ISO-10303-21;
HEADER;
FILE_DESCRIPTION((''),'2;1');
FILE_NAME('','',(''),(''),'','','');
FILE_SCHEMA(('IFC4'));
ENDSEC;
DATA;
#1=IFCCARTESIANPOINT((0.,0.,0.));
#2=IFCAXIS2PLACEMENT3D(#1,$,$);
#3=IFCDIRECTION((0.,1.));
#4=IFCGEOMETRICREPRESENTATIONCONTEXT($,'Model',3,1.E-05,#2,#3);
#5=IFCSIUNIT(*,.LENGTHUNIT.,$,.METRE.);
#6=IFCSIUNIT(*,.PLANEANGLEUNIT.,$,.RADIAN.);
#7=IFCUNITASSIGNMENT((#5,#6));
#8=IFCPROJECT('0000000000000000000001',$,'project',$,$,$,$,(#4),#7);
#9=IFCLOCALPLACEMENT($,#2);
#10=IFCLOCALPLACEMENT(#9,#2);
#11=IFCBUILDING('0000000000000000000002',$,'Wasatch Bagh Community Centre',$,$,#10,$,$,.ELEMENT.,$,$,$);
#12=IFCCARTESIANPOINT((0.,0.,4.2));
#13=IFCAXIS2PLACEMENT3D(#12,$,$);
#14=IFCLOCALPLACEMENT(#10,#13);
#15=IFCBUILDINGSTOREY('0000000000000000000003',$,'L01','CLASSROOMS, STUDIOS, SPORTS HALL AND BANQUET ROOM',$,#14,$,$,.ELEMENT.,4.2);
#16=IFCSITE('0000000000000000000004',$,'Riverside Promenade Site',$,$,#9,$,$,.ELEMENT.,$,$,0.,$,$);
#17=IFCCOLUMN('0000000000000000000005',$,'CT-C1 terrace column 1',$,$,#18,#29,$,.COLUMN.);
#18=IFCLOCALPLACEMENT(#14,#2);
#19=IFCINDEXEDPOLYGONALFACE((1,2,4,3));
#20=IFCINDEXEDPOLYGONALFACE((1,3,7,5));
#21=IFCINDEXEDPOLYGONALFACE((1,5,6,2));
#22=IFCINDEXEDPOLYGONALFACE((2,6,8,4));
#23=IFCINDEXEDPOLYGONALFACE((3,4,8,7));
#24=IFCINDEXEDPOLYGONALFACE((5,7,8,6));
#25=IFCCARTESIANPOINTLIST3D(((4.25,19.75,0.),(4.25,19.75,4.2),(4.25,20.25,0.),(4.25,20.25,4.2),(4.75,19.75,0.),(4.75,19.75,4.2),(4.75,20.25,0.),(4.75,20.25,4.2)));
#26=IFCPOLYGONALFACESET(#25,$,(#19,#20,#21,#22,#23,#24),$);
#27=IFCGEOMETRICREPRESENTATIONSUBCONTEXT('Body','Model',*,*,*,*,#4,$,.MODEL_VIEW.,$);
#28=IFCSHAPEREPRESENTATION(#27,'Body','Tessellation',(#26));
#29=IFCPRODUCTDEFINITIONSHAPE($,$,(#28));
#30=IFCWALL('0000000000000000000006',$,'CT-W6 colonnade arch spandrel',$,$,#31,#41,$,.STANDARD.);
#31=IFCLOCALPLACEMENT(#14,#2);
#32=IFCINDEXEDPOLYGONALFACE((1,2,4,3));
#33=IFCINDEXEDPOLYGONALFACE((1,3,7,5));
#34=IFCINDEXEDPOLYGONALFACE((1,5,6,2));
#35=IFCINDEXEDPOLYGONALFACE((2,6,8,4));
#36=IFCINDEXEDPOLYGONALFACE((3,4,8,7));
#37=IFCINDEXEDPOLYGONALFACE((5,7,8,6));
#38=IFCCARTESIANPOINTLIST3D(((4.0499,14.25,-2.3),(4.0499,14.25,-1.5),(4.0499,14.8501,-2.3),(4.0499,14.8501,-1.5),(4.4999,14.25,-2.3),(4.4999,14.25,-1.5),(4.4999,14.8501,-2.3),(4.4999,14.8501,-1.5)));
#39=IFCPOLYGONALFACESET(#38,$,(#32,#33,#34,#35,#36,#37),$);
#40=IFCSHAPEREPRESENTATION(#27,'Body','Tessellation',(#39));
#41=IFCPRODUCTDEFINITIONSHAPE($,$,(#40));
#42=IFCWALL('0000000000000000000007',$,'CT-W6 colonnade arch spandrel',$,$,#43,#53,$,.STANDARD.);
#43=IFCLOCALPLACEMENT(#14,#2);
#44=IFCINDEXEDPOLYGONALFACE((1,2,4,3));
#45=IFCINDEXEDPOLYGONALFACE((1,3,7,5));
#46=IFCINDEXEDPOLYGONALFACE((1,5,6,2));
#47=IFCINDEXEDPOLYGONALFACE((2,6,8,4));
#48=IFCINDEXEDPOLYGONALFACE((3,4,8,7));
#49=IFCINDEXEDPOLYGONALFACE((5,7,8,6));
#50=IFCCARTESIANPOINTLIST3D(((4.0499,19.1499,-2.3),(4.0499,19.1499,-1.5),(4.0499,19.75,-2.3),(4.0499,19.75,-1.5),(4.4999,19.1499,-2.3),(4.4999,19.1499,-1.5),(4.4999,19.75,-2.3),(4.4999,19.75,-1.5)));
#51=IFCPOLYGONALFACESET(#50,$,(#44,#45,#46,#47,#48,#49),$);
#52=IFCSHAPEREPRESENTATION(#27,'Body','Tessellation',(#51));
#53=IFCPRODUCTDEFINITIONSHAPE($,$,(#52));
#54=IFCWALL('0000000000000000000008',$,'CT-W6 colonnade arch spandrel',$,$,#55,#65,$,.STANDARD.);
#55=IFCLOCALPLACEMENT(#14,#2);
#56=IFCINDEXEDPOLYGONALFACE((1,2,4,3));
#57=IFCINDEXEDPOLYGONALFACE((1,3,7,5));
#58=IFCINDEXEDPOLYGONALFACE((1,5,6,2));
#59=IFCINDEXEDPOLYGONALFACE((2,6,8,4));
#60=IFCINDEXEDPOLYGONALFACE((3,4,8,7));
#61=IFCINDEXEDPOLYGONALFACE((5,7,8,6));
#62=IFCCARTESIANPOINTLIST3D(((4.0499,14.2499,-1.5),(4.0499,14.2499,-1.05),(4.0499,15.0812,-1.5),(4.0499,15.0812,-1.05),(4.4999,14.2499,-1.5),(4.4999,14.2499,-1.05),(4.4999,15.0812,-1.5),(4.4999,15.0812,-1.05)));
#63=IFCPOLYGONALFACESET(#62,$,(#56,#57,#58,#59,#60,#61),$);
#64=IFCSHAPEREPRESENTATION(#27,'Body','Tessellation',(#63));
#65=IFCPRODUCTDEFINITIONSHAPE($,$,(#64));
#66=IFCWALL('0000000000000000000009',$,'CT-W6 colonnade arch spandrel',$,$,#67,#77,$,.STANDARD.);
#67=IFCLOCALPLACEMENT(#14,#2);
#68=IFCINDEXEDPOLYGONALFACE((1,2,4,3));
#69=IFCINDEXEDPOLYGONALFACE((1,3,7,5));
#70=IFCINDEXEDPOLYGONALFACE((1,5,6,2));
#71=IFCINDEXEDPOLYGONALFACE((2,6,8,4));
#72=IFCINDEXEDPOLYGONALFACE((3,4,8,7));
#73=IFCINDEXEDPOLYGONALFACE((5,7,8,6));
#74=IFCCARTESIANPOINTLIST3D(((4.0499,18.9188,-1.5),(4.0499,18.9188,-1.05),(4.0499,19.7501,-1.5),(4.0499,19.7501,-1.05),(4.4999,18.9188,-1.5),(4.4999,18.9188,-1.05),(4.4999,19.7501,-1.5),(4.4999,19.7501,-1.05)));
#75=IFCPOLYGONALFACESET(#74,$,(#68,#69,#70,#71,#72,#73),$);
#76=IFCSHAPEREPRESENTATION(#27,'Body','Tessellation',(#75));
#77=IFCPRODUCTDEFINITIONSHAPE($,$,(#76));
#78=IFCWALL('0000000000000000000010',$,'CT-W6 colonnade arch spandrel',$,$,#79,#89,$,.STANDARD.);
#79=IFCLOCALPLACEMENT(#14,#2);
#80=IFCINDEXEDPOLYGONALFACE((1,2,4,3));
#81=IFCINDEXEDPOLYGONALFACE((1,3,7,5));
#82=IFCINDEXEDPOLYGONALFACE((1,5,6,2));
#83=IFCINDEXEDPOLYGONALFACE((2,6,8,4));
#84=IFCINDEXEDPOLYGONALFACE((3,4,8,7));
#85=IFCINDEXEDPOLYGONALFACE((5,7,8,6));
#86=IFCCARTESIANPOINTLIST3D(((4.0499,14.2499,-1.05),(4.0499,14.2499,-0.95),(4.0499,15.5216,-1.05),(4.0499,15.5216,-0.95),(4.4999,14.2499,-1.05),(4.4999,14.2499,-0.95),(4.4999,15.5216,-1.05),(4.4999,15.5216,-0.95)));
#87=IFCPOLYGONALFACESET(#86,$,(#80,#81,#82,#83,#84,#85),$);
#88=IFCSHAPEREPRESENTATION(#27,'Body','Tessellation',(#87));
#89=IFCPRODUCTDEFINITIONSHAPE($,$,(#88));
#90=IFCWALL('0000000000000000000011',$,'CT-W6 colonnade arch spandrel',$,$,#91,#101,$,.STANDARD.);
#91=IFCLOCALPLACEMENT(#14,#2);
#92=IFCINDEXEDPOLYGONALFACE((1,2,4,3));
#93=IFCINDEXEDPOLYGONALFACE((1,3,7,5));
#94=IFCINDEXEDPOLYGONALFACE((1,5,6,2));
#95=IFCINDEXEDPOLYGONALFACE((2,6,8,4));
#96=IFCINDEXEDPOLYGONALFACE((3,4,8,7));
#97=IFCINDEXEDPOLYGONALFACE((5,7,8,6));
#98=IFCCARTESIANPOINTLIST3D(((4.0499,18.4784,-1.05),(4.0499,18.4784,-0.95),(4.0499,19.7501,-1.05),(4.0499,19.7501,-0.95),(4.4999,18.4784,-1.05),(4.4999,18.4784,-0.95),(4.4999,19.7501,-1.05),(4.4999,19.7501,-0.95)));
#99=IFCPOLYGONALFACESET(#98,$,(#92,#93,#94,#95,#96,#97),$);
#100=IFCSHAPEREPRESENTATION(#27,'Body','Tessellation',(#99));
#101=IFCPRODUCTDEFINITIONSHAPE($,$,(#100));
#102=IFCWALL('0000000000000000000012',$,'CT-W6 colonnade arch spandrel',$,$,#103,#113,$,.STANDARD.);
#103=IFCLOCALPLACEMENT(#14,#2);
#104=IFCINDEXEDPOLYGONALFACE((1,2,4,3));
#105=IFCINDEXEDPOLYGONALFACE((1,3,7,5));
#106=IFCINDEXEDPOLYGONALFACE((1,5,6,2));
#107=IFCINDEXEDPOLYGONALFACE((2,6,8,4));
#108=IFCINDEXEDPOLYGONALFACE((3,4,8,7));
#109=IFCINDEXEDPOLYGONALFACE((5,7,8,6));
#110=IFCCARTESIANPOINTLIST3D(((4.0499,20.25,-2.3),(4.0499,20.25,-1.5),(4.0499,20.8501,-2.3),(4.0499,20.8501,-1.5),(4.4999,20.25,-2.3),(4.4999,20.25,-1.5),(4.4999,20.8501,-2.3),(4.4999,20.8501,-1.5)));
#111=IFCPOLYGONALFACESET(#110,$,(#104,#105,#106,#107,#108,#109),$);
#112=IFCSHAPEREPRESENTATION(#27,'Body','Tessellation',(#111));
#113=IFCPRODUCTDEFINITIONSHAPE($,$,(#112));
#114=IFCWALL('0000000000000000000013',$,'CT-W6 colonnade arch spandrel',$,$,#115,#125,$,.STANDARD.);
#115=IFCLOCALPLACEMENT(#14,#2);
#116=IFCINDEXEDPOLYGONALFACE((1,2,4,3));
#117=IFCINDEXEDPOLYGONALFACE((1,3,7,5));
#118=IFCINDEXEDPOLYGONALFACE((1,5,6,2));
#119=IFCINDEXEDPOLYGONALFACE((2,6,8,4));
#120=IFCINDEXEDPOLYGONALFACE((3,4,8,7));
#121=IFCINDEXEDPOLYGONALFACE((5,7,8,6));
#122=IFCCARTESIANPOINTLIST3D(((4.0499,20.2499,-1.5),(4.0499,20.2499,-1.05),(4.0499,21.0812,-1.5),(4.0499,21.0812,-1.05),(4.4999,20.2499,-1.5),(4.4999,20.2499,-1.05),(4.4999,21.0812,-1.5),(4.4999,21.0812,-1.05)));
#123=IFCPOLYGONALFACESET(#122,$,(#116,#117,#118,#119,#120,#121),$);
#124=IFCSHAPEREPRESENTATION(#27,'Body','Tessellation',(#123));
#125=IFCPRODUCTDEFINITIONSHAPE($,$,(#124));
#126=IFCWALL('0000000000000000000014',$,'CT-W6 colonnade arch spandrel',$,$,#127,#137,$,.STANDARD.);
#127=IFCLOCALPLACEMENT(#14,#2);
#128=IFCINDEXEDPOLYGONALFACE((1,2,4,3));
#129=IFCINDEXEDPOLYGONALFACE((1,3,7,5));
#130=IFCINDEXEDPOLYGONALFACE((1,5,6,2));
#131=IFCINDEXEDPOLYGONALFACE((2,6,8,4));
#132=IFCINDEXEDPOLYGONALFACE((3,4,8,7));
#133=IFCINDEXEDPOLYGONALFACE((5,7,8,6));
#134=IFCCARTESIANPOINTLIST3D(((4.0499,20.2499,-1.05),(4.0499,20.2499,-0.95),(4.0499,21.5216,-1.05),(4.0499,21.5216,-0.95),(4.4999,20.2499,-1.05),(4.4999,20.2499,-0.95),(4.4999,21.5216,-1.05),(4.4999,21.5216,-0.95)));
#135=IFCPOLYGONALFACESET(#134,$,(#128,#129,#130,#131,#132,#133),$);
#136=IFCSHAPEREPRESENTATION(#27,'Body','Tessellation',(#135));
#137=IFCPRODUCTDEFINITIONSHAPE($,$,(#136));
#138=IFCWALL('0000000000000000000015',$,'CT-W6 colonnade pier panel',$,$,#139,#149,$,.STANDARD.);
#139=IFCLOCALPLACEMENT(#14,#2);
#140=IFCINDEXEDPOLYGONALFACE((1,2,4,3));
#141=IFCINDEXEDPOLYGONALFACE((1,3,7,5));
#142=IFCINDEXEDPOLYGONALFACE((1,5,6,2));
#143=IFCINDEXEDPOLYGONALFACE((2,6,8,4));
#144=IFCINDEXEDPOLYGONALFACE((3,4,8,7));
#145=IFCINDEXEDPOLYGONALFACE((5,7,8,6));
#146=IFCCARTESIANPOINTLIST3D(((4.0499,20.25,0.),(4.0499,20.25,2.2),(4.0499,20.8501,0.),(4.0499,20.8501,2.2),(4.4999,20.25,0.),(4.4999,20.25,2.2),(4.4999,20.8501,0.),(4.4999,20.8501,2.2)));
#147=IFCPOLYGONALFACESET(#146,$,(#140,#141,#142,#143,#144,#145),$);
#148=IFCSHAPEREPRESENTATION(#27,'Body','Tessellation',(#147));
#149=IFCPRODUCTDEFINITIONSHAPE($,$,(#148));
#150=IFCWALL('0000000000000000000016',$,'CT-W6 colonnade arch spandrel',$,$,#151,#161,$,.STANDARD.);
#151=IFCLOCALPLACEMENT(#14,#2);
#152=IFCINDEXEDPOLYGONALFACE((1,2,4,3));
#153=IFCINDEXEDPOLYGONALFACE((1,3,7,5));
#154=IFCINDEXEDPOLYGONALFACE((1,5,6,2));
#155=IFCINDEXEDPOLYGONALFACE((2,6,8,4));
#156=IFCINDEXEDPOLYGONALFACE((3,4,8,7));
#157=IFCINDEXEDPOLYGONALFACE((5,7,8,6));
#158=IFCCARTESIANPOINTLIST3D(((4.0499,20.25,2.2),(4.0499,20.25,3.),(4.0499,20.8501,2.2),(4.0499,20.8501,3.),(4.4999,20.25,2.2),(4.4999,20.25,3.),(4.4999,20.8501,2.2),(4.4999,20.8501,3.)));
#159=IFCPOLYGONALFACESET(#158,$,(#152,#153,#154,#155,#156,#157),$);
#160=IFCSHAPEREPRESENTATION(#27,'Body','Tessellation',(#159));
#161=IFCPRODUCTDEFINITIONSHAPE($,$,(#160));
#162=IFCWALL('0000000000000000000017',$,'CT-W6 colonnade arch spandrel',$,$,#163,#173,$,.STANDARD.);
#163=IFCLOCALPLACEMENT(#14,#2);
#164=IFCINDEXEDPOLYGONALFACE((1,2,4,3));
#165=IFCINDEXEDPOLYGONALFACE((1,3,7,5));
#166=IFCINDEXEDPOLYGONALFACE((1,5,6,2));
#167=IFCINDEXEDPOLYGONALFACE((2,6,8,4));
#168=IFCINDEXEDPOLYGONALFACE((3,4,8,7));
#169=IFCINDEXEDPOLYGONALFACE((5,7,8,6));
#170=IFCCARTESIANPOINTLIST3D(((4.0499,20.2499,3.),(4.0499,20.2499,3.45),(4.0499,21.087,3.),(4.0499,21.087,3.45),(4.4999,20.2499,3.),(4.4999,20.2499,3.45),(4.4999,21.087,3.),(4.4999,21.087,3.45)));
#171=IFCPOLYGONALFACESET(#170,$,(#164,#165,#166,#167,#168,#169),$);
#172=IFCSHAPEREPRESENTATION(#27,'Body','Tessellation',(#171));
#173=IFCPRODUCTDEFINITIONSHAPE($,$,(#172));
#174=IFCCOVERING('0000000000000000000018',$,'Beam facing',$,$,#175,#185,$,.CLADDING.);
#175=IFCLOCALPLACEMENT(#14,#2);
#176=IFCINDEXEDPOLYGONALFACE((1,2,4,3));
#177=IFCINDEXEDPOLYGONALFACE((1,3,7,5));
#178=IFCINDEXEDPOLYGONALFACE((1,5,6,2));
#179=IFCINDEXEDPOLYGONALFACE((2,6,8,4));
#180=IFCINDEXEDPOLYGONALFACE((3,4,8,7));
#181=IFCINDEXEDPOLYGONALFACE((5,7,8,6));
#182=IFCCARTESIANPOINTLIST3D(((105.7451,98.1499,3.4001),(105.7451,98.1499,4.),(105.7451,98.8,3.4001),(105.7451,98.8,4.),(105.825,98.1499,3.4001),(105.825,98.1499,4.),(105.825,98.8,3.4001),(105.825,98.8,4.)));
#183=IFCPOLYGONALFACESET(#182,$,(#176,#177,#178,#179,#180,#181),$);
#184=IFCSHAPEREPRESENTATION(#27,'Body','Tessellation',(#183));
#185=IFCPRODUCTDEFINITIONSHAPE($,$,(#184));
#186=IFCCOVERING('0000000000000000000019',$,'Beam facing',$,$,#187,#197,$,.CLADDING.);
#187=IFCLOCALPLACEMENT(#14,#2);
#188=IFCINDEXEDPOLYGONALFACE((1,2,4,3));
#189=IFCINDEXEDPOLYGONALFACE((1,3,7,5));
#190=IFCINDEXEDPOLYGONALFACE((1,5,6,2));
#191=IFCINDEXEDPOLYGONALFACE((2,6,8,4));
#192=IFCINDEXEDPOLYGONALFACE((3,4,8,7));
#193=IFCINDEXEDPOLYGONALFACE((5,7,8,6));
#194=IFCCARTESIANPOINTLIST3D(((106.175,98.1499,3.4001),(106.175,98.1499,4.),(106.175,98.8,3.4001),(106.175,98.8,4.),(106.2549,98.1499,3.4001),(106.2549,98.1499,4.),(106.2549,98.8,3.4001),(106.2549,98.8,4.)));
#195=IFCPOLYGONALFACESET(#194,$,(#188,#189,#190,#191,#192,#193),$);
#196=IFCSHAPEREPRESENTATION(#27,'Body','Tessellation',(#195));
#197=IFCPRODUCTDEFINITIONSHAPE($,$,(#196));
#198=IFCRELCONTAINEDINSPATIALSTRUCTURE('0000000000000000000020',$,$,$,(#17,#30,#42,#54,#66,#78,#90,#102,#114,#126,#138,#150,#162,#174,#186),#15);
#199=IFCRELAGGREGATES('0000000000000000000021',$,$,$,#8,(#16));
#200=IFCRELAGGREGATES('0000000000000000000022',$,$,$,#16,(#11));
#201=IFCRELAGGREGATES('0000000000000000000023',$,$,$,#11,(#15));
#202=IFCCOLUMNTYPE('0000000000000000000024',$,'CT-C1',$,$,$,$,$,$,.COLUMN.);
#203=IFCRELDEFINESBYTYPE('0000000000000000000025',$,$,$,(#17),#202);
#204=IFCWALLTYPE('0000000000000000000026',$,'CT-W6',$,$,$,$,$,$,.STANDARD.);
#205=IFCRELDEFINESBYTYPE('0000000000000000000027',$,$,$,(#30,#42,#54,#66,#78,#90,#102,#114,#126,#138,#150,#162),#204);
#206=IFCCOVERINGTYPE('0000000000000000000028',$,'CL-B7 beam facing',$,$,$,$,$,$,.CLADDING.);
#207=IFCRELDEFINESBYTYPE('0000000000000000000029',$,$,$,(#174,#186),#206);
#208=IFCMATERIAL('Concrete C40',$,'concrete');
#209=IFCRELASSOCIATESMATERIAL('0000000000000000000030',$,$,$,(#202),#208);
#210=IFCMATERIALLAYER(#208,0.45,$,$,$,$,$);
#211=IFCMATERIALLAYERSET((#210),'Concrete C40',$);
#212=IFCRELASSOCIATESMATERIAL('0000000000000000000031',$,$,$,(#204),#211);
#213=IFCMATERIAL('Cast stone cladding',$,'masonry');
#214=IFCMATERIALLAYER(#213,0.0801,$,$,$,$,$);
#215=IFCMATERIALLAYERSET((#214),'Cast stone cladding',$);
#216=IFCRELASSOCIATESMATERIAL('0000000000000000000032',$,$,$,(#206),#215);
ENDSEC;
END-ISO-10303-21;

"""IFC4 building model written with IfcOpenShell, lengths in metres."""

from ifc_helpers import new_model, si_unit, direction, frame, frame_2d, origin, origin_2d, place, context, subcontext, project, spatial, polyline, rectangle, outline, extrude, material, layer, layer_set, material_profile, profile_set, type_object, element, save


model = new_model("IFC4")

# Units and contexts
model_context = context("Model", 3, precision=1e-05, world=origin(), true_north=direction((0.0, 1.0)))
body_context = subcontext(model_context, "Body", "Model", "MODEL_VIEW")
ifc_project = project(units=[si_unit("LENGTHUNIT", "METRE"), si_unit("PLANEANGLEUNIT", "RADIAN")], contexts=[model_context])

# Site, building, storey
site_placement = place(None, origin())
site = spatial("IfcSite", under=ifc_project, at=site_placement, Name="Riverside Promenade Site", CompositionType="ELEMENT", RefElevation=0.0)
building_placement = place(site_placement, origin())
building = spatial("IfcBuilding", under=site, at=building_placement, Name="Wasatch Bagh Community Centre", CompositionType="ELEMENT")
storey_placement = place(building_placement, frame((0.0, 0.0, 4.2)))
storey = spatial("IfcBuildingStorey", under=building, at=storey_placement, Name="L01", Description="CLASSROOMS, STUDIOS, SPORTS HALL AND BANQUET ROOM", CompositionType="ELEMENT", Elevation=4.2)

# Column
ifc_material_1 = material(Name="Concrete C40", Category="concrete")
ifc_material_profile = material_profile(ifc_material_1, rectangle(XDim=0.5, YDim=0.5, at=origin_2d()), Name="RC 500x500")
ifc_profile_set = profile_set([ifc_material_profile], Name="Concrete C40")
column_type = type_object("IfcColumnType", Name="CT-C1", PredefinedType="COLUMN", material=ifc_profile_set)
column_placement = place(storey_placement, frame((4.5, 20.0, 0.0), z_axis=(0.0, 0.0, 1.0), x_axis=(1.0, 0.0, 0.0)))
element("IfcColumn", 1, at=column_placement, inside=storey, type_object=column_type, Name="CT-C1 terrace column 1", PredefinedType="COLUMN", context=body_context, shape_type="SweptSolid", body=[
    extrude(rectangle(XDim=0.5, YDim=0.5, at=origin_2d()), origin(), (0.0, 0.0, 1.0), 4.2),
])

# Walls
ifc_layer_1 = layer(ifc_material_1, 0.45)
ifc_layer_set_1 = layer_set([ifc_layer_1], Name="Concrete C40")
wall_type = type_object("IfcWallType", Name="CT-W6", PredefinedType="STANDARD", material=ifc_layer_set_1)
for number, where, z_axis, x_axis, name in (
    (2, (4.2749, 14.25, -2.3), (0.0, 0.0, 1.0), (0.0, 1.0, 0.0), "CT-W6 colonnade arch spandrel"),
    (3, (4.2749, 19.75, -2.3), (0.0, 0.0, 1.0), (0.0, -1.0, 0.0), "CT-W6 colonnade arch spandrel"),
):
    element("IfcWall", number, at=place(storey_placement, frame(where, z_axis=z_axis, x_axis=x_axis)), inside=storey, type_object=wall_type, Name=name, PredefinedType="STANDARD", context=body_context, shape_type="SweptSolid", body=[
        extrude(rectangle(XDim=0.6001, YDim=0.45, at=frame_2d((0.3, 0.0))), origin(), (0.0, 0.0, 1.0), 0.8),
    ])
for number, where, z_axis, x_axis, name in (
    (4, (4.2749, 14.25, -1.5), (0.0, 0.0, 1.0), (0.0, 1.0, 0.0), "CT-W6 colonnade arch spandrel"),
    (5, (4.2749, 19.75, -1.5), (0.0, 0.0, 1.0), (0.0, -1.0, 0.0), "CT-W6 colonnade arch spandrel"),
):
    element("IfcWall", number, at=place(storey_placement, frame(where, z_axis=z_axis, x_axis=x_axis)), inside=storey, type_object=wall_type, Name=name, PredefinedType="STANDARD", context=body_context, shape_type="SweptSolid", body=[
        extrude(rectangle(XDim=0.8313, YDim=0.45, at=frame_2d((0.4155, 0.0))), origin(), (0.0, 0.0, 1.0), 0.45),
    ])
for number, where, z_axis, x_axis, name in (
    (6, (4.2749, 14.25, -1.05), (0.0, 0.0, 1.0), (0.0, 1.0, 0.0), "CT-W6 colonnade arch spandrel"),
    (7, (4.2749, 19.75, -1.05), (0.0, 0.0, 1.0), (0.0, -1.0, 0.0), "CT-W6 colonnade arch spandrel"),
):
    element("IfcWall", number, at=place(storey_placement, frame(where, z_axis=z_axis, x_axis=x_axis)), inside=storey, type_object=wall_type, Name=name, PredefinedType="STANDARD", context=body_context, shape_type="SweptSolid", body=[
        extrude(rectangle(XDim=1.2717, YDim=0.45, at=frame_2d((0.6357, 0.0))), origin(), (0.0, 0.0, 1.0), 0.1001),
    ])
wall_1_placement = place(storey_placement, frame((4.2749, 20.25, -2.3), z_axis=(0.0, 0.0, 1.0), x_axis=(0.0, 1.0, 0.0)))
element("IfcWall", 8, at=wall_1_placement, inside=storey, type_object=wall_type, Name="CT-W6 colonnade arch spandrel", PredefinedType="STANDARD", context=body_context, shape_type="SweptSolid", body=[
    extrude(rectangle(XDim=0.6001, YDim=0.45, at=frame_2d((0.3, 0.0))), origin(), (0.0, 0.0, 1.0), 0.8),
])
wall_2_placement = place(storey_placement, frame((4.2749, 20.25, -1.5), z_axis=(0.0, 0.0, 1.0), x_axis=(0.0, 1.0, 0.0)))
element("IfcWall", 9, at=wall_2_placement, inside=storey, type_object=wall_type, Name="CT-W6 colonnade arch spandrel", PredefinedType="STANDARD", context=body_context, shape_type="SweptSolid", body=[
    extrude(rectangle(XDim=0.8313, YDim=0.45, at=frame_2d((0.4155, 0.0))), origin(), (0.0, 0.0, 1.0), 0.45),
])
wall_3_placement = place(storey_placement, frame((4.2749, 20.25, -1.05), z_axis=(0.0, 0.0, 1.0), x_axis=(0.0, 1.0, 0.0)))
element("IfcWall", 10, at=wall_3_placement, inside=storey, type_object=wall_type, Name="CT-W6 colonnade arch spandrel", PredefinedType="STANDARD", context=body_context, shape_type="SweptSolid", body=[
    extrude(rectangle(XDim=1.2717, YDim=0.45, at=frame_2d((0.6357, 0.0))), origin(), (0.0, 0.0, 1.0), 0.1001),
])
wall_4_placement = place(storey_placement, frame((4.2749, 20.25, 0.0), z_axis=(0.0, 0.0, 1.0), x_axis=(0.0, 1.0, 0.0)))
element("IfcWall", 11, at=wall_4_placement, inside=storey, type_object=wall_type, Name="CT-W6 colonnade pier panel", PredefinedType="STANDARD", context=body_context, shape_type="SweptSolid", body=[
    extrude(rectangle(XDim=0.6001, YDim=0.45, at=frame_2d((0.3, 0.0))), origin(), (0.0, 0.0, 1.0), 2.2),
])
wall_5_placement = place(storey_placement, frame((4.2749, 20.25, 2.2), z_axis=(0.0, 0.0, 1.0), x_axis=(0.0, 1.0, 0.0)))
element("IfcWall", 12, at=wall_5_placement, inside=storey, type_object=wall_type, Name="CT-W6 colonnade arch spandrel", PredefinedType="STANDARD", context=body_context, shape_type="SweptSolid", body=[
    extrude(rectangle(XDim=0.6001, YDim=0.45, at=frame_2d((0.3, 0.0))), origin(), (0.0, 0.0, 1.0), 0.8),
])
wall_6_placement = place(storey_placement, frame((4.2749, 20.25, 3.0), z_axis=(0.0, 0.0, 1.0), x_axis=(0.0, 1.0, 0.0)))
element("IfcWall", 13, at=wall_6_placement, inside=storey, type_object=wall_type, Name="CT-W6 colonnade arch spandrel", PredefinedType="STANDARD", context=body_context, shape_type="SweptSolid", body=[
    extrude(rectangle(XDim=0.8372, YDim=0.45, at=frame_2d((0.4185, 0.0))), origin(), (0.0, 0.0, 1.0), 0.45),
])

# Coverings
ifc_material_2 = material(Name="Cast stone cladding", Category="masonry")
ifc_layer_2 = layer(ifc_material_2, 0.0801)
ifc_layer_set_2 = layer_set([ifc_layer_2], Name="Cast stone cladding")
covering_type = type_object("IfcCoveringType", Name="CL-B7 beam facing", PredefinedType="CLADDING", material=ifc_layer_set_2)
covering_1_placement = place(storey_placement, frame((0.0, 0.0, 3.4001)))
element("IfcCovering", 14, at=covering_1_placement, inside=storey, type_object=covering_type, Name="Beam facing", PredefinedType="CLADDING", context=body_context, shape_type="SweptSolid", body=[
    extrude(outline(polyline([(105.825, 98.1499), (105.825, 98.8), (105.7451, 98.8), (105.7451, 98.1499), (105.825, 98.1499)])), origin(), (0.0, 0.0, 1.0), 0.5999),
])
covering_2_placement = place(storey_placement, frame((0.0, 0.0, 3.4001)))
element("IfcCovering", 15, at=covering_2_placement, inside=storey, type_object=covering_type, Name="Beam facing", PredefinedType="CLADDING", context=body_context, shape_type="SweptSolid", body=[
    extrude(outline(polyline([(106.175, 98.1499), (106.175, 98.8), (106.2549, 98.8), (106.2549, 98.1499), (106.175, 98.1499)])), origin(), (0.0, 0.0, 1.0), 0.5999),
])

save(model, "model.ifc")
